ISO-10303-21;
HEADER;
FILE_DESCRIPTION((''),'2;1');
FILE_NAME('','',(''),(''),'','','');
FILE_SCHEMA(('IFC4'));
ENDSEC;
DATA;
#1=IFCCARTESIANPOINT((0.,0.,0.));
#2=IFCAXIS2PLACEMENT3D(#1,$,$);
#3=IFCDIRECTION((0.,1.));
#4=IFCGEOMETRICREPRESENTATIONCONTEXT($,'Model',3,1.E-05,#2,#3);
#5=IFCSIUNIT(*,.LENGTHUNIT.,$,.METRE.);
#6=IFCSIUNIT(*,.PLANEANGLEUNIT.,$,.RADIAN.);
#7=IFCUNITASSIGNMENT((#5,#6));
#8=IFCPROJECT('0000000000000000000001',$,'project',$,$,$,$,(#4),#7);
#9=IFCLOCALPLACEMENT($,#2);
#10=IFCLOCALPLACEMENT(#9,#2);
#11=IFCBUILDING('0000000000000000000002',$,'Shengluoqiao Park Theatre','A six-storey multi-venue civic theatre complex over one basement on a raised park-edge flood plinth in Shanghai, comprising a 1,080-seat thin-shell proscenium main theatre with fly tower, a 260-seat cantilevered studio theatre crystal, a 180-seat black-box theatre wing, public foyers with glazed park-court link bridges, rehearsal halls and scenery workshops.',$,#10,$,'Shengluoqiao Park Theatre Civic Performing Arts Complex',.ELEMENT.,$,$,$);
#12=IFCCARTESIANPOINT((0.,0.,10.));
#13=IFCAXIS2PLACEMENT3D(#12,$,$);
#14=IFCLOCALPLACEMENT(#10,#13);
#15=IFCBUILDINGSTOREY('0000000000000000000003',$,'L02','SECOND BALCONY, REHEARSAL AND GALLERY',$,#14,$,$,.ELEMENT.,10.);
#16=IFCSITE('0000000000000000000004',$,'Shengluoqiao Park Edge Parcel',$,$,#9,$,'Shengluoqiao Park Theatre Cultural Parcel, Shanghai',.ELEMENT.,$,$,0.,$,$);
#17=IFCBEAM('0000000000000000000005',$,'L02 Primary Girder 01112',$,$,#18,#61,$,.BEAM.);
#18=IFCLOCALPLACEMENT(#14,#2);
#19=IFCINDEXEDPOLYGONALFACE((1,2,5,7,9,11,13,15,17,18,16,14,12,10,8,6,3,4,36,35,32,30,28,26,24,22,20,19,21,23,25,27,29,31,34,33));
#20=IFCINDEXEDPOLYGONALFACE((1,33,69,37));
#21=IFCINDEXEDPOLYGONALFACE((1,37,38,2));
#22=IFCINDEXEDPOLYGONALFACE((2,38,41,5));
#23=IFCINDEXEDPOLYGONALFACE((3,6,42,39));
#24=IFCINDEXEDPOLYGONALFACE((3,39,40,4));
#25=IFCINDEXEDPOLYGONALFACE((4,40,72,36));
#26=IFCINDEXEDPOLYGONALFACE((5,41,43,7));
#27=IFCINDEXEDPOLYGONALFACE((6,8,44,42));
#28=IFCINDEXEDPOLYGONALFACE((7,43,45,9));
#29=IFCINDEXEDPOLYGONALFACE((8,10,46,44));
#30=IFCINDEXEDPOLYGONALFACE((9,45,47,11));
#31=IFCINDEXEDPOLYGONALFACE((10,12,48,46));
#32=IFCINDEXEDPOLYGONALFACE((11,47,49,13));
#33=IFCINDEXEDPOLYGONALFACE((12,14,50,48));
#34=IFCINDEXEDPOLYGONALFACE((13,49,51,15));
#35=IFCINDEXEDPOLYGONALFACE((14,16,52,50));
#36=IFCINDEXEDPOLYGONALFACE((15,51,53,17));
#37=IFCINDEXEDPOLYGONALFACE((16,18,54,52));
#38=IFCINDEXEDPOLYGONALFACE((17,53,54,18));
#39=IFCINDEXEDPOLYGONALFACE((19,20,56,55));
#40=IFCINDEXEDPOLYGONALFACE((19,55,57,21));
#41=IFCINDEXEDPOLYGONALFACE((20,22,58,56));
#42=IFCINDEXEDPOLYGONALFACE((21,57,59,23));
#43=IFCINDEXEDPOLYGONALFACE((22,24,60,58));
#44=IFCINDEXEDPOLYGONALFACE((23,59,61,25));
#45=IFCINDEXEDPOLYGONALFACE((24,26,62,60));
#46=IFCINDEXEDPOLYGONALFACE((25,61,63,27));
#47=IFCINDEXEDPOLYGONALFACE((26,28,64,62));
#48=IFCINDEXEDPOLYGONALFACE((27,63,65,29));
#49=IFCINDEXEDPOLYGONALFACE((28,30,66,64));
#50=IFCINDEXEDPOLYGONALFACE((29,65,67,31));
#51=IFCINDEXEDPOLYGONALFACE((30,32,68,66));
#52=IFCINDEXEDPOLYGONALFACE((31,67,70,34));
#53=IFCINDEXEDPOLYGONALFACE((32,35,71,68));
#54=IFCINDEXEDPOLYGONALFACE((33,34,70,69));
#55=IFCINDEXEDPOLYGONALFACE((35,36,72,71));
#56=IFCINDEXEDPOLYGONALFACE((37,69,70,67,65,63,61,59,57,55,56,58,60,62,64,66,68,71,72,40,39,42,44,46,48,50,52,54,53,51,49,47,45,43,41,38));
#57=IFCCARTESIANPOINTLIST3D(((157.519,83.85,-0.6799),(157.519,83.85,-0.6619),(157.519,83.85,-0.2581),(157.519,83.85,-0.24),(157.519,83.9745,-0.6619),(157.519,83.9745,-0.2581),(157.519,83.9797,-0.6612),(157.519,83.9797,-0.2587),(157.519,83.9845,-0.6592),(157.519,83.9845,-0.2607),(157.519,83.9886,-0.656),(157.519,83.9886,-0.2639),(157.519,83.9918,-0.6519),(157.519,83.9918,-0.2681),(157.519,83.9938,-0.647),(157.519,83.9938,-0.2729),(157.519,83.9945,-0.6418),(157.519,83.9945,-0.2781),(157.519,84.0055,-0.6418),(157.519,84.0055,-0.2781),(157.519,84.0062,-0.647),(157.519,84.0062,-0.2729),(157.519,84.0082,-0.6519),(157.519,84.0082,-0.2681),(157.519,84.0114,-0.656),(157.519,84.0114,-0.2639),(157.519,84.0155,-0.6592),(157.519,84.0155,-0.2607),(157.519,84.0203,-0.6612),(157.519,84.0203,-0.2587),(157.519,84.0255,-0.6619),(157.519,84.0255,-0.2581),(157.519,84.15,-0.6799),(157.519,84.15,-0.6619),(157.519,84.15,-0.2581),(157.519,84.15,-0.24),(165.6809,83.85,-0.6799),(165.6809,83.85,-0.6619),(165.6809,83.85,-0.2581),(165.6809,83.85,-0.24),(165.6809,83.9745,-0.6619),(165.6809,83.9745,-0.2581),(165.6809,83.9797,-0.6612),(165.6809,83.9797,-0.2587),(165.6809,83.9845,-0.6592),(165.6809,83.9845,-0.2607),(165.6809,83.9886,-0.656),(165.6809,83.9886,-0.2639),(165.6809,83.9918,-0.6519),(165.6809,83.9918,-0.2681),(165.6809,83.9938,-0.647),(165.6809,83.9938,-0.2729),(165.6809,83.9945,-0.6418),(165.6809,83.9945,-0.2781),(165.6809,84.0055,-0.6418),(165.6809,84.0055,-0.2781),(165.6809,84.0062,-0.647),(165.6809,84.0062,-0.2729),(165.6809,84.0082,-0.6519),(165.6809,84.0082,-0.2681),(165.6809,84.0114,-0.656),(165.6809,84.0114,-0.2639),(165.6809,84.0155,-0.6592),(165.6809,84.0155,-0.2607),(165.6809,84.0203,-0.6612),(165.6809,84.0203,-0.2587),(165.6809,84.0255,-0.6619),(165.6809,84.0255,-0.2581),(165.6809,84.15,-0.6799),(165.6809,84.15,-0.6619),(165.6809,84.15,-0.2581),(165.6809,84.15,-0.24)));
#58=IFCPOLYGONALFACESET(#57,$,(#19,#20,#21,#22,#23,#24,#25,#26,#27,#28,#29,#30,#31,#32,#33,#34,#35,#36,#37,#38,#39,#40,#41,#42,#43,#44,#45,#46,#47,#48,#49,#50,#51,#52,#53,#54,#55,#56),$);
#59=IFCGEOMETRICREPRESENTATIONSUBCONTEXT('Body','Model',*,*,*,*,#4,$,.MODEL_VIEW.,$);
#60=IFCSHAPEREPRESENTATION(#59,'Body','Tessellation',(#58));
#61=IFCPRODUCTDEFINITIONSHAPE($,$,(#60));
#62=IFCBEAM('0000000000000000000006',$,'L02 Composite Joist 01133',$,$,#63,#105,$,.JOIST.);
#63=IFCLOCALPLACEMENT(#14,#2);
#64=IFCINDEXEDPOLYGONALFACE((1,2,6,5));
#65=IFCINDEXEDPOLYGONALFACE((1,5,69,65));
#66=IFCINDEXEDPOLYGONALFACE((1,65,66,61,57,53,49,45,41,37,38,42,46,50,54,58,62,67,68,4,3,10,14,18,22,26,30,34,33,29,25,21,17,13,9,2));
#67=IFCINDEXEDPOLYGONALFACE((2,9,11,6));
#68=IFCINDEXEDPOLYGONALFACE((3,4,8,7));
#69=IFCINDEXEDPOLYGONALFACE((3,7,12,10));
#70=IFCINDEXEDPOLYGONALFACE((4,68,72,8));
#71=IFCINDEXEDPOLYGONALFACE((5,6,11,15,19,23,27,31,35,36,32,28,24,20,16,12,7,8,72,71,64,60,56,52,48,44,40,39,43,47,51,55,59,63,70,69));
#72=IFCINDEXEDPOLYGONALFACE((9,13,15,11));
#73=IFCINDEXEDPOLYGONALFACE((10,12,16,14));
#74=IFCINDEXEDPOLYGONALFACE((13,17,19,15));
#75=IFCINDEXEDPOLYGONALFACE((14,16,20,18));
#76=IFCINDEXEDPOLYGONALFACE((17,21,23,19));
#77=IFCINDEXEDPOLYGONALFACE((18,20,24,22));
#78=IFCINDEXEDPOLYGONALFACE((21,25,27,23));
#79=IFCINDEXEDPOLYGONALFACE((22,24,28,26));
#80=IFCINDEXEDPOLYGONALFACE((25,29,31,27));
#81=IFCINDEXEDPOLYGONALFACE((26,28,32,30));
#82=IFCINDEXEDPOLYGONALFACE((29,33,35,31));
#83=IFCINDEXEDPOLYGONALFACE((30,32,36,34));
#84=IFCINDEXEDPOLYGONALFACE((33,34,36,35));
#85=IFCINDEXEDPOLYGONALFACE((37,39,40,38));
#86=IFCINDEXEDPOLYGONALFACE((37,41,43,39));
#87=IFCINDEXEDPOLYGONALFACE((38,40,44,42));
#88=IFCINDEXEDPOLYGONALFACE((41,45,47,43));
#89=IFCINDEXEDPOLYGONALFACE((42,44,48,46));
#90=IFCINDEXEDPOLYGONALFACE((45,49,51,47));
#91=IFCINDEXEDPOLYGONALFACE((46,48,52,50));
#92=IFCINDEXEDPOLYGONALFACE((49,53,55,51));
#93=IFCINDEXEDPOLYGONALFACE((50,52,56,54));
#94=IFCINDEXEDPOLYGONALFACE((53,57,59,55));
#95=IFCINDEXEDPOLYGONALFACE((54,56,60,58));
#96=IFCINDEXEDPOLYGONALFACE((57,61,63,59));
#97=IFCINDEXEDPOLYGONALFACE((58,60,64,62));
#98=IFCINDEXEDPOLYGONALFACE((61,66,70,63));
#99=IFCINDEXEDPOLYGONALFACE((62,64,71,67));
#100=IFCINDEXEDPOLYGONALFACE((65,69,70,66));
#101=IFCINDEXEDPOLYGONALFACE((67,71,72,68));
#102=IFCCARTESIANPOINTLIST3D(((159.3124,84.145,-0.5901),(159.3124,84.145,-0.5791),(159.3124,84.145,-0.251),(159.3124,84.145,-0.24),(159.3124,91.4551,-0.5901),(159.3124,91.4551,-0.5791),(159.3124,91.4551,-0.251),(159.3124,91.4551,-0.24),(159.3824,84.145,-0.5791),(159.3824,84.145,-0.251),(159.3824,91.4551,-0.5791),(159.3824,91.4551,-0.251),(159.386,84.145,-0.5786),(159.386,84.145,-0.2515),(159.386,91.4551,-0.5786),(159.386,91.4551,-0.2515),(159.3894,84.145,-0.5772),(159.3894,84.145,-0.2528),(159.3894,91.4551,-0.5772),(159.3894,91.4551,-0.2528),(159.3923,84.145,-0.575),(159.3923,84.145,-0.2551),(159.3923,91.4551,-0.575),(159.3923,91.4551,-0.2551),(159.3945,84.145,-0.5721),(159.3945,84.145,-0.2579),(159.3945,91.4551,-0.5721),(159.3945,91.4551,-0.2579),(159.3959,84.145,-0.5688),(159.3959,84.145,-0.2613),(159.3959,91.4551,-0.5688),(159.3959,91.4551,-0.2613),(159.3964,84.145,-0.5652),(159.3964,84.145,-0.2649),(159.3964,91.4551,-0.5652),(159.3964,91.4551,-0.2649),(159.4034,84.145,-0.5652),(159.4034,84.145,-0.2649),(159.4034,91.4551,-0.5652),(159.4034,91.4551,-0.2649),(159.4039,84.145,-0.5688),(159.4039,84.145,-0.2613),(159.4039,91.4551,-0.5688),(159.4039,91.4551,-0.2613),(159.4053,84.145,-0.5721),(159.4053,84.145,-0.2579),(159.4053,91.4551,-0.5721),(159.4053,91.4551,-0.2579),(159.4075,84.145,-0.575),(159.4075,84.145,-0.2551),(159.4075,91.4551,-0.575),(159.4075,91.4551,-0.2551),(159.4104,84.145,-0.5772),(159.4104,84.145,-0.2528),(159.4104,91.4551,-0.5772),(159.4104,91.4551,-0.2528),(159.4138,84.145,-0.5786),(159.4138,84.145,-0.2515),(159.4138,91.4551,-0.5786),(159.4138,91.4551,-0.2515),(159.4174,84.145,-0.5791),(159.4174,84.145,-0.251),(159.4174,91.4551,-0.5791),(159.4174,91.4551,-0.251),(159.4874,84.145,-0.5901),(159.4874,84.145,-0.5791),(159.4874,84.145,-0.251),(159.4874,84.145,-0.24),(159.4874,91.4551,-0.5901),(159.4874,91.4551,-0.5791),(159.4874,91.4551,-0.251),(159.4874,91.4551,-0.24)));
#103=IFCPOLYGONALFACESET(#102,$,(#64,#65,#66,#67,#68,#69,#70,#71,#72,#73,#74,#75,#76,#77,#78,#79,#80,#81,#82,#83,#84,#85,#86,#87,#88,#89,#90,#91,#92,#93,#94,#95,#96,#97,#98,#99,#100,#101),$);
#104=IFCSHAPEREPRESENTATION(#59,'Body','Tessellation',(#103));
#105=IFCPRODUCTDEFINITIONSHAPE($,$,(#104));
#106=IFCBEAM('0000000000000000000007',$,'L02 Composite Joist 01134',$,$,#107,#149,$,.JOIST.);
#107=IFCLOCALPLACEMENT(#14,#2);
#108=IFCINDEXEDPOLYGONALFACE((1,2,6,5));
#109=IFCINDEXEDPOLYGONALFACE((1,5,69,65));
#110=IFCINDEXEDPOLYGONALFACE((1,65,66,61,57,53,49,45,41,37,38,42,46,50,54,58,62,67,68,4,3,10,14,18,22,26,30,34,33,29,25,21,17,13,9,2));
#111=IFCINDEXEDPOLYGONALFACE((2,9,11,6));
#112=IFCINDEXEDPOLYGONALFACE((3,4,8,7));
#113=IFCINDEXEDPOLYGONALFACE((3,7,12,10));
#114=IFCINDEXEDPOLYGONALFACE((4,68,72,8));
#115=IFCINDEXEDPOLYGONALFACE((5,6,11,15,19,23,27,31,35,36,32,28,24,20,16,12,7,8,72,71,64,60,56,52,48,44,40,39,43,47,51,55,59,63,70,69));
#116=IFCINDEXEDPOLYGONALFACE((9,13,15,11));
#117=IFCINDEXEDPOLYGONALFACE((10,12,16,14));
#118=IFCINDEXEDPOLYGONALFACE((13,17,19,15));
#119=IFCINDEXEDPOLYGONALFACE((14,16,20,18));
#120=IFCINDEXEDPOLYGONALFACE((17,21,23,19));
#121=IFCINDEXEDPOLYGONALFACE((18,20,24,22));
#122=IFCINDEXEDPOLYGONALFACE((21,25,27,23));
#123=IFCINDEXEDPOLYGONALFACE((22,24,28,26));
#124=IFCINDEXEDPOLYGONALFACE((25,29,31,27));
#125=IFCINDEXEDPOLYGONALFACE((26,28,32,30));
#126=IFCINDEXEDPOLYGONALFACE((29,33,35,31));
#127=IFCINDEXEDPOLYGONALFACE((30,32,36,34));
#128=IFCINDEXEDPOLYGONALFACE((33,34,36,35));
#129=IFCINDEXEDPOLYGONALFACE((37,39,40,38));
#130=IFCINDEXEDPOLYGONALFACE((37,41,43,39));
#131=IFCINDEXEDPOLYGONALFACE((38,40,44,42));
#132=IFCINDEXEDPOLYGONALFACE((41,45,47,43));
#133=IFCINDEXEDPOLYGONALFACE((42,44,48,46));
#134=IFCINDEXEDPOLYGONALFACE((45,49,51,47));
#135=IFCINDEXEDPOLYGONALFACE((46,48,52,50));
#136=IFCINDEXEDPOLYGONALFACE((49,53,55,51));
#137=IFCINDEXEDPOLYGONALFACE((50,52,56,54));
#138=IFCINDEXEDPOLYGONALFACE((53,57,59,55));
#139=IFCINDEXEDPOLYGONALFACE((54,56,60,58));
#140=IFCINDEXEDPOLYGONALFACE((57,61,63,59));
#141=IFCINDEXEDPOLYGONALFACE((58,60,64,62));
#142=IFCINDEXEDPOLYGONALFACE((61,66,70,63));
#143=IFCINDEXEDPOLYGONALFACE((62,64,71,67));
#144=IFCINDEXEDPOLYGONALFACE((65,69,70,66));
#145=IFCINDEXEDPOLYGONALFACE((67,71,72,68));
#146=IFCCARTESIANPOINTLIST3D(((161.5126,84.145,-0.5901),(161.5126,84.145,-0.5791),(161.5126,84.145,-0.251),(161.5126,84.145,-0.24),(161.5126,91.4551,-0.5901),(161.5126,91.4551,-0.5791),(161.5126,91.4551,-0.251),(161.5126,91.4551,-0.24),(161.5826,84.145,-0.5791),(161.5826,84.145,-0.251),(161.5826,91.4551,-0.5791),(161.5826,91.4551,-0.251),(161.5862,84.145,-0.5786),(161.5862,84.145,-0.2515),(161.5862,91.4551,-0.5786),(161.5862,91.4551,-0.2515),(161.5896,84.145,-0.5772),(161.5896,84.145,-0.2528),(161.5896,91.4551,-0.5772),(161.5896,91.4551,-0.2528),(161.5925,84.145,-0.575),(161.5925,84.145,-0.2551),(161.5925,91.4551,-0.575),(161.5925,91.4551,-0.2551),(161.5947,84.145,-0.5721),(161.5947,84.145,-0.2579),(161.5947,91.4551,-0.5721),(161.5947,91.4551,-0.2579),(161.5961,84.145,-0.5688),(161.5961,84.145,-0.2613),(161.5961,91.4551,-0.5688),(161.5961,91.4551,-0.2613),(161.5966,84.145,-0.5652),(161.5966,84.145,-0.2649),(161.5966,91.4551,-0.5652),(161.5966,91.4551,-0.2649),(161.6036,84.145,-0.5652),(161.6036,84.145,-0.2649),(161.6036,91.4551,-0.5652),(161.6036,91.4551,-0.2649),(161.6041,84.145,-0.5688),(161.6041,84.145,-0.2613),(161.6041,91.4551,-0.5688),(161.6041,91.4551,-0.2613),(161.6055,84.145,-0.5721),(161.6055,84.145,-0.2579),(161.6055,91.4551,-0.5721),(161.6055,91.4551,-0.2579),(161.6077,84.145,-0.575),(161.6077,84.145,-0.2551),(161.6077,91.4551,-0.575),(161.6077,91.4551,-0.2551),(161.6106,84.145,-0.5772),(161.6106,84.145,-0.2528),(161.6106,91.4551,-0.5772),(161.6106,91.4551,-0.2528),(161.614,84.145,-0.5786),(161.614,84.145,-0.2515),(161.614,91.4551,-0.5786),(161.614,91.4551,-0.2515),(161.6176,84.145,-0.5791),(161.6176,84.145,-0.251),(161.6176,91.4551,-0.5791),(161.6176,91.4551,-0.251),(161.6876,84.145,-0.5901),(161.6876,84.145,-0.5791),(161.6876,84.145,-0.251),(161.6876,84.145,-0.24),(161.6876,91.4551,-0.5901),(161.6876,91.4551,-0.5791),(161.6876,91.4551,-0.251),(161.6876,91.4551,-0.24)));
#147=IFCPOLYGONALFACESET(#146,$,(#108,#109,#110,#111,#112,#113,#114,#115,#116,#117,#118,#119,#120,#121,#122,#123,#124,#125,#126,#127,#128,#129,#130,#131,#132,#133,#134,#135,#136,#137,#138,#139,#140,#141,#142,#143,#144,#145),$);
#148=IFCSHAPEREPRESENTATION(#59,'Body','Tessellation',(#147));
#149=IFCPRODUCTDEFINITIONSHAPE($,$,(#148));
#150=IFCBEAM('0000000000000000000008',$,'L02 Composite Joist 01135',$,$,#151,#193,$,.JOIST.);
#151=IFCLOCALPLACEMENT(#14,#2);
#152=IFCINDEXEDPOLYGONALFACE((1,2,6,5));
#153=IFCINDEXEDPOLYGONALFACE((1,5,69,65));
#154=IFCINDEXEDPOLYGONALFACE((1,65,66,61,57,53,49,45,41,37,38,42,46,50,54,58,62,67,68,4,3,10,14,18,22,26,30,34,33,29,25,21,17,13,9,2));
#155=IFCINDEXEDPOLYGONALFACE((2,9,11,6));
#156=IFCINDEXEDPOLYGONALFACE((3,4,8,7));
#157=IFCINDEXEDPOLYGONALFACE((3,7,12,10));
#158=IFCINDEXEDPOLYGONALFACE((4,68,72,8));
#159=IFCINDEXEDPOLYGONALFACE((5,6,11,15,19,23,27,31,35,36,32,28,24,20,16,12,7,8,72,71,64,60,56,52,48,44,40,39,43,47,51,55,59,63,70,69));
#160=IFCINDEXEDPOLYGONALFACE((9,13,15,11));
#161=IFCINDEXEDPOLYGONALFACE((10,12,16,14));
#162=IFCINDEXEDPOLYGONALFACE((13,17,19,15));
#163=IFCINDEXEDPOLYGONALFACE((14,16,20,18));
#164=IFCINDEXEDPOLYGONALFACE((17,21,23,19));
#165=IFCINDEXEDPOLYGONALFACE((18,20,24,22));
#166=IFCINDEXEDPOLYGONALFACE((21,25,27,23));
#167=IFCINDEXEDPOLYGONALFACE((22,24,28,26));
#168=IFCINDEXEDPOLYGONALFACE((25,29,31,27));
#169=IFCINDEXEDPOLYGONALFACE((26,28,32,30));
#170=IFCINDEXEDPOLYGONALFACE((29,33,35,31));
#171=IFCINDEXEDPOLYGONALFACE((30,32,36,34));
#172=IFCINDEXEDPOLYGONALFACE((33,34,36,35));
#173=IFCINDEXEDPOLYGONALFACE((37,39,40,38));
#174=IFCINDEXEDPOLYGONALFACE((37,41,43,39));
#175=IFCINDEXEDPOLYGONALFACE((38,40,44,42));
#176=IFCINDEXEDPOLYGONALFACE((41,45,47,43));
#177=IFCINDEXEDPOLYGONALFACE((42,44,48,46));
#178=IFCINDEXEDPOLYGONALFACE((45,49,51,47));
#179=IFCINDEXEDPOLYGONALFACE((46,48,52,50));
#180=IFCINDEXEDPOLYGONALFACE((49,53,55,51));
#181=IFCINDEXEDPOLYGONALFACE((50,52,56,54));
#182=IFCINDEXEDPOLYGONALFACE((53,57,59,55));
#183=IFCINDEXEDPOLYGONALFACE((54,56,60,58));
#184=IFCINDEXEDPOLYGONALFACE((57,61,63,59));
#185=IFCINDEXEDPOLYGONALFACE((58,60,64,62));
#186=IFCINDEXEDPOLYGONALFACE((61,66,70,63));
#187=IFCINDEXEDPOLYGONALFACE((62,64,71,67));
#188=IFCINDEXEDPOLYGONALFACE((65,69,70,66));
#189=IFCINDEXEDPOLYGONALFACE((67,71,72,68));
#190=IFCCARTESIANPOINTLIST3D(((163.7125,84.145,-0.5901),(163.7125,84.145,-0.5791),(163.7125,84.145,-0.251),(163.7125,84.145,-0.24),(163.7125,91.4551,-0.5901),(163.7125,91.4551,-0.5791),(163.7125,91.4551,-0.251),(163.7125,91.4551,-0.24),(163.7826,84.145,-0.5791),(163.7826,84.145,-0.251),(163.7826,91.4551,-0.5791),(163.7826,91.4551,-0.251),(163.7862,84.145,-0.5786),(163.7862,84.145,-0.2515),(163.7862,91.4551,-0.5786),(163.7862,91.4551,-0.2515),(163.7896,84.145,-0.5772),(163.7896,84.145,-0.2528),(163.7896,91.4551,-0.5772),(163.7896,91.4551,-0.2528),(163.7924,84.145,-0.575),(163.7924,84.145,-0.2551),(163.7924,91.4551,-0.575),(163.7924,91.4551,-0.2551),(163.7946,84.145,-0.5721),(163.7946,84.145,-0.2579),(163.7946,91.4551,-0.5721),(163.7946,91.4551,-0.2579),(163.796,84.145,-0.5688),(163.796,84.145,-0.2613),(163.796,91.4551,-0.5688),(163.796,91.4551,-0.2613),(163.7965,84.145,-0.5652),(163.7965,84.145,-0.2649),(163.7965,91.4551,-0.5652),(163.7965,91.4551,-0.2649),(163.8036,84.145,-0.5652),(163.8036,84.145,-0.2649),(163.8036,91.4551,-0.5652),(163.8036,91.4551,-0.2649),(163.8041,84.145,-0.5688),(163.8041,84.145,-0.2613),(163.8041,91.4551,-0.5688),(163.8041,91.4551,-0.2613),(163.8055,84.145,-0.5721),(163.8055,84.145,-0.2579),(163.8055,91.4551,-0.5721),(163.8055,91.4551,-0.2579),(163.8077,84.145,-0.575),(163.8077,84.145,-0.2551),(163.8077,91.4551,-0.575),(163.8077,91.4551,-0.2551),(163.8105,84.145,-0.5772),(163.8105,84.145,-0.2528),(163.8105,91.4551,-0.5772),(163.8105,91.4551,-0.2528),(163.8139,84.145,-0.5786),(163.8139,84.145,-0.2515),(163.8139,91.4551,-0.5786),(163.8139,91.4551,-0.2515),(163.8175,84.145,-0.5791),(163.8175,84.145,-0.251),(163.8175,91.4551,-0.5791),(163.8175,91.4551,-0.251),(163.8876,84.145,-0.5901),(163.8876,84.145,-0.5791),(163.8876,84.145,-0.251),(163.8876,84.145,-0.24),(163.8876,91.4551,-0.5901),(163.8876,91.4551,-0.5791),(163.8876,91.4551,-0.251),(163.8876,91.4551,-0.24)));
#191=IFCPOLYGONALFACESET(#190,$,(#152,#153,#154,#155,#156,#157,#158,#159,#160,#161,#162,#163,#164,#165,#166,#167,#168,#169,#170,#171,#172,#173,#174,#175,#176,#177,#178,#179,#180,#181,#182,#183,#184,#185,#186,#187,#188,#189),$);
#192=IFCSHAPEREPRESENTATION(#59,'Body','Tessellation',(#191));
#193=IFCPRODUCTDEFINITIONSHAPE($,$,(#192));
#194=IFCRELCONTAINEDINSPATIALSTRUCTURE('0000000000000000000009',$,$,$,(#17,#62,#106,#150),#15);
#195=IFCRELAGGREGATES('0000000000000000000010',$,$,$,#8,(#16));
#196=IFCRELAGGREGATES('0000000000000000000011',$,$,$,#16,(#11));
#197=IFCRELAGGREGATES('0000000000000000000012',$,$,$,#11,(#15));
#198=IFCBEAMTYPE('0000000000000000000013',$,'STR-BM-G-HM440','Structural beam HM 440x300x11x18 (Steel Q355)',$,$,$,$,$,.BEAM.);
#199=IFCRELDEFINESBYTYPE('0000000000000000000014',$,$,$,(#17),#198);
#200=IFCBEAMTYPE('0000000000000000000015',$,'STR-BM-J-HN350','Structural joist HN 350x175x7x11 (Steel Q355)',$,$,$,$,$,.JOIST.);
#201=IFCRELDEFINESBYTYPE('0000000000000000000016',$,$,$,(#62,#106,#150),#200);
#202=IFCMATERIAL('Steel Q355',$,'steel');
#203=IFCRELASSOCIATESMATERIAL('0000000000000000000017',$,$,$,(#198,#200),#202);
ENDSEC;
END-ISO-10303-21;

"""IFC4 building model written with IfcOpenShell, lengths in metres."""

from ifc_helpers import new_model, si_unit, direction, frame, origin, origin_2d, place, context, subcontext, project, spatial, i_section, extrude, material, material_profile, profile_set, type_object, element, save


model = new_model("IFC4")

# Units and contexts
model_context = context("Model", 3, precision=1e-05, world=origin(), true_north=direction((0.0, 1.0)))
body_context = subcontext(model_context, "Body", "Model", "MODEL_VIEW")
ifc_project = project(units=[si_unit("LENGTHUNIT", "METRE"), si_unit("PLANEANGLEUNIT", "RADIAN")], contexts=[model_context])

# Site, building, storey
site_placement = place(None, origin())
site = spatial("IfcSite", under=ifc_project, at=site_placement, Name="Shengluoqiao Park Edge Parcel", LongName="Shengluoqiao Park Theatre Cultural Parcel, Shanghai", CompositionType="ELEMENT", RefElevation=0.0)
building_placement = place(site_placement, origin())
building = spatial("IfcBuilding", under=site, at=building_placement, Name="Shengluoqiao Park Theatre", Description="A six-storey multi-venue civic theatre complex over one basement on a raised park-edge flood plinth in Shanghai, comprising a 1,080-seat thin-shell proscenium main theatre with fly tower, a 260-seat cantilevered studio theatre crystal, a 180-seat black-box theatre wing, public foyers with glazed park-court link bridges, rehearsal halls and scenery workshops.", LongName="Shengluoqiao Park Theatre Civic Performing Arts Complex", CompositionType="ELEMENT")
storey_placement = place(building_placement, frame((0.0, 0.0, 10.0)))
storey = spatial("IfcBuildingStorey", under=building, at=storey_placement, Name="L02", Description="SECOND BALCONY, REHEARSAL AND GALLERY", CompositionType="ELEMENT", Elevation=10.0)

# Beams
ifc_material_1 = material(Name="Steel Q355", Category="steel")
ifc_material_profile_1 = material_profile(ifc_material_1, i_section(OverallWidth=0.3, OverallDepth=0.4399, WebThickness=0.011, FlangeThickness=0.0181, FilletRadius=0.02, at=origin_2d()), Name="HM 440x300x11x18")
ifc_profile_set_1 = profile_set([ifc_material_profile_1], Name="Steel Q355")
beam_type_1 = type_object("IfcBeamType", Name="STR-BM-G-HM440", Description="Structural beam HM 440x300x11x18 (Steel Q355)", PredefinedType="BEAM", material=ifc_profile_set_1)
beam_placement = place(storey_placement, frame((157.519, 84.0, -0.46), z_axis=(1.0, 0.0, 0.0), x_axis=(0.0, 1.0, 0.0)))
element("IfcBeam", 1, at=beam_placement, inside=storey, type_object=beam_type_1, Name="L02 Primary Girder 01112", PredefinedType="BEAM", context=body_context, shape_type="SweptSolid", body=[
    extrude(i_section(OverallWidth=0.3, OverallDepth=0.4399, WebThickness=0.011, FlangeThickness=0.0181, FilletRadius=0.02, at=origin_2d()), origin(), (0.0, 0.0, 1.0), 8.1619),
])
ifc_material_profile_2 = material_profile(ifc_material_1, i_section(OverallWidth=0.175, OverallDepth=0.3501, WebThickness=0.0071, FlangeThickness=0.011, FilletRadius=0.0139, at=origin_2d()), Name="HN 350x175x7x11")
ifc_profile_set_2 = profile_set([ifc_material_profile_2], Name="Steel Q355")
beam_type_2 = type_object("IfcBeamType", Name="STR-BM-J-HN350", Description="Structural joist HN 350x175x7x11 (Steel Q355)", PredefinedType="JOIST", material=ifc_profile_set_2)
for number, where, z_axis, x_axis, name in (
    (2, (159.3999, 84.145, -0.415), (0.0, 1.0, 0.0), (-1.0, 0.0, 0.0), "L02 Composite Joist 01133"),
    (3, (161.6001, 84.145, -0.415), (0.0, 1.0, 0.0), (-1.0, 0.0, 0.0), "L02 Composite Joist 01134"),
    (4, (163.8, 84.145, -0.415), (0.0, 1.0, 0.0), (-1.0, 0.0, 0.0), "L02 Composite Joist 01135"),
):
    element("IfcBeam", number, at=place(storey_placement, frame(where, z_axis=z_axis, x_axis=x_axis)), inside=storey, type_object=beam_type_2, Name=name, PredefinedType="JOIST", context=body_context, shape_type="SweptSolid", body=[
        extrude(i_section(OverallWidth=0.175, OverallDepth=0.3501, WebThickness=0.0071, FlangeThickness=0.011, FilletRadius=0.0139, at=origin_2d()), origin(), (0.0, 0.0, 1.0), 7.3101),
    ])

save(model, "model.ifc")
